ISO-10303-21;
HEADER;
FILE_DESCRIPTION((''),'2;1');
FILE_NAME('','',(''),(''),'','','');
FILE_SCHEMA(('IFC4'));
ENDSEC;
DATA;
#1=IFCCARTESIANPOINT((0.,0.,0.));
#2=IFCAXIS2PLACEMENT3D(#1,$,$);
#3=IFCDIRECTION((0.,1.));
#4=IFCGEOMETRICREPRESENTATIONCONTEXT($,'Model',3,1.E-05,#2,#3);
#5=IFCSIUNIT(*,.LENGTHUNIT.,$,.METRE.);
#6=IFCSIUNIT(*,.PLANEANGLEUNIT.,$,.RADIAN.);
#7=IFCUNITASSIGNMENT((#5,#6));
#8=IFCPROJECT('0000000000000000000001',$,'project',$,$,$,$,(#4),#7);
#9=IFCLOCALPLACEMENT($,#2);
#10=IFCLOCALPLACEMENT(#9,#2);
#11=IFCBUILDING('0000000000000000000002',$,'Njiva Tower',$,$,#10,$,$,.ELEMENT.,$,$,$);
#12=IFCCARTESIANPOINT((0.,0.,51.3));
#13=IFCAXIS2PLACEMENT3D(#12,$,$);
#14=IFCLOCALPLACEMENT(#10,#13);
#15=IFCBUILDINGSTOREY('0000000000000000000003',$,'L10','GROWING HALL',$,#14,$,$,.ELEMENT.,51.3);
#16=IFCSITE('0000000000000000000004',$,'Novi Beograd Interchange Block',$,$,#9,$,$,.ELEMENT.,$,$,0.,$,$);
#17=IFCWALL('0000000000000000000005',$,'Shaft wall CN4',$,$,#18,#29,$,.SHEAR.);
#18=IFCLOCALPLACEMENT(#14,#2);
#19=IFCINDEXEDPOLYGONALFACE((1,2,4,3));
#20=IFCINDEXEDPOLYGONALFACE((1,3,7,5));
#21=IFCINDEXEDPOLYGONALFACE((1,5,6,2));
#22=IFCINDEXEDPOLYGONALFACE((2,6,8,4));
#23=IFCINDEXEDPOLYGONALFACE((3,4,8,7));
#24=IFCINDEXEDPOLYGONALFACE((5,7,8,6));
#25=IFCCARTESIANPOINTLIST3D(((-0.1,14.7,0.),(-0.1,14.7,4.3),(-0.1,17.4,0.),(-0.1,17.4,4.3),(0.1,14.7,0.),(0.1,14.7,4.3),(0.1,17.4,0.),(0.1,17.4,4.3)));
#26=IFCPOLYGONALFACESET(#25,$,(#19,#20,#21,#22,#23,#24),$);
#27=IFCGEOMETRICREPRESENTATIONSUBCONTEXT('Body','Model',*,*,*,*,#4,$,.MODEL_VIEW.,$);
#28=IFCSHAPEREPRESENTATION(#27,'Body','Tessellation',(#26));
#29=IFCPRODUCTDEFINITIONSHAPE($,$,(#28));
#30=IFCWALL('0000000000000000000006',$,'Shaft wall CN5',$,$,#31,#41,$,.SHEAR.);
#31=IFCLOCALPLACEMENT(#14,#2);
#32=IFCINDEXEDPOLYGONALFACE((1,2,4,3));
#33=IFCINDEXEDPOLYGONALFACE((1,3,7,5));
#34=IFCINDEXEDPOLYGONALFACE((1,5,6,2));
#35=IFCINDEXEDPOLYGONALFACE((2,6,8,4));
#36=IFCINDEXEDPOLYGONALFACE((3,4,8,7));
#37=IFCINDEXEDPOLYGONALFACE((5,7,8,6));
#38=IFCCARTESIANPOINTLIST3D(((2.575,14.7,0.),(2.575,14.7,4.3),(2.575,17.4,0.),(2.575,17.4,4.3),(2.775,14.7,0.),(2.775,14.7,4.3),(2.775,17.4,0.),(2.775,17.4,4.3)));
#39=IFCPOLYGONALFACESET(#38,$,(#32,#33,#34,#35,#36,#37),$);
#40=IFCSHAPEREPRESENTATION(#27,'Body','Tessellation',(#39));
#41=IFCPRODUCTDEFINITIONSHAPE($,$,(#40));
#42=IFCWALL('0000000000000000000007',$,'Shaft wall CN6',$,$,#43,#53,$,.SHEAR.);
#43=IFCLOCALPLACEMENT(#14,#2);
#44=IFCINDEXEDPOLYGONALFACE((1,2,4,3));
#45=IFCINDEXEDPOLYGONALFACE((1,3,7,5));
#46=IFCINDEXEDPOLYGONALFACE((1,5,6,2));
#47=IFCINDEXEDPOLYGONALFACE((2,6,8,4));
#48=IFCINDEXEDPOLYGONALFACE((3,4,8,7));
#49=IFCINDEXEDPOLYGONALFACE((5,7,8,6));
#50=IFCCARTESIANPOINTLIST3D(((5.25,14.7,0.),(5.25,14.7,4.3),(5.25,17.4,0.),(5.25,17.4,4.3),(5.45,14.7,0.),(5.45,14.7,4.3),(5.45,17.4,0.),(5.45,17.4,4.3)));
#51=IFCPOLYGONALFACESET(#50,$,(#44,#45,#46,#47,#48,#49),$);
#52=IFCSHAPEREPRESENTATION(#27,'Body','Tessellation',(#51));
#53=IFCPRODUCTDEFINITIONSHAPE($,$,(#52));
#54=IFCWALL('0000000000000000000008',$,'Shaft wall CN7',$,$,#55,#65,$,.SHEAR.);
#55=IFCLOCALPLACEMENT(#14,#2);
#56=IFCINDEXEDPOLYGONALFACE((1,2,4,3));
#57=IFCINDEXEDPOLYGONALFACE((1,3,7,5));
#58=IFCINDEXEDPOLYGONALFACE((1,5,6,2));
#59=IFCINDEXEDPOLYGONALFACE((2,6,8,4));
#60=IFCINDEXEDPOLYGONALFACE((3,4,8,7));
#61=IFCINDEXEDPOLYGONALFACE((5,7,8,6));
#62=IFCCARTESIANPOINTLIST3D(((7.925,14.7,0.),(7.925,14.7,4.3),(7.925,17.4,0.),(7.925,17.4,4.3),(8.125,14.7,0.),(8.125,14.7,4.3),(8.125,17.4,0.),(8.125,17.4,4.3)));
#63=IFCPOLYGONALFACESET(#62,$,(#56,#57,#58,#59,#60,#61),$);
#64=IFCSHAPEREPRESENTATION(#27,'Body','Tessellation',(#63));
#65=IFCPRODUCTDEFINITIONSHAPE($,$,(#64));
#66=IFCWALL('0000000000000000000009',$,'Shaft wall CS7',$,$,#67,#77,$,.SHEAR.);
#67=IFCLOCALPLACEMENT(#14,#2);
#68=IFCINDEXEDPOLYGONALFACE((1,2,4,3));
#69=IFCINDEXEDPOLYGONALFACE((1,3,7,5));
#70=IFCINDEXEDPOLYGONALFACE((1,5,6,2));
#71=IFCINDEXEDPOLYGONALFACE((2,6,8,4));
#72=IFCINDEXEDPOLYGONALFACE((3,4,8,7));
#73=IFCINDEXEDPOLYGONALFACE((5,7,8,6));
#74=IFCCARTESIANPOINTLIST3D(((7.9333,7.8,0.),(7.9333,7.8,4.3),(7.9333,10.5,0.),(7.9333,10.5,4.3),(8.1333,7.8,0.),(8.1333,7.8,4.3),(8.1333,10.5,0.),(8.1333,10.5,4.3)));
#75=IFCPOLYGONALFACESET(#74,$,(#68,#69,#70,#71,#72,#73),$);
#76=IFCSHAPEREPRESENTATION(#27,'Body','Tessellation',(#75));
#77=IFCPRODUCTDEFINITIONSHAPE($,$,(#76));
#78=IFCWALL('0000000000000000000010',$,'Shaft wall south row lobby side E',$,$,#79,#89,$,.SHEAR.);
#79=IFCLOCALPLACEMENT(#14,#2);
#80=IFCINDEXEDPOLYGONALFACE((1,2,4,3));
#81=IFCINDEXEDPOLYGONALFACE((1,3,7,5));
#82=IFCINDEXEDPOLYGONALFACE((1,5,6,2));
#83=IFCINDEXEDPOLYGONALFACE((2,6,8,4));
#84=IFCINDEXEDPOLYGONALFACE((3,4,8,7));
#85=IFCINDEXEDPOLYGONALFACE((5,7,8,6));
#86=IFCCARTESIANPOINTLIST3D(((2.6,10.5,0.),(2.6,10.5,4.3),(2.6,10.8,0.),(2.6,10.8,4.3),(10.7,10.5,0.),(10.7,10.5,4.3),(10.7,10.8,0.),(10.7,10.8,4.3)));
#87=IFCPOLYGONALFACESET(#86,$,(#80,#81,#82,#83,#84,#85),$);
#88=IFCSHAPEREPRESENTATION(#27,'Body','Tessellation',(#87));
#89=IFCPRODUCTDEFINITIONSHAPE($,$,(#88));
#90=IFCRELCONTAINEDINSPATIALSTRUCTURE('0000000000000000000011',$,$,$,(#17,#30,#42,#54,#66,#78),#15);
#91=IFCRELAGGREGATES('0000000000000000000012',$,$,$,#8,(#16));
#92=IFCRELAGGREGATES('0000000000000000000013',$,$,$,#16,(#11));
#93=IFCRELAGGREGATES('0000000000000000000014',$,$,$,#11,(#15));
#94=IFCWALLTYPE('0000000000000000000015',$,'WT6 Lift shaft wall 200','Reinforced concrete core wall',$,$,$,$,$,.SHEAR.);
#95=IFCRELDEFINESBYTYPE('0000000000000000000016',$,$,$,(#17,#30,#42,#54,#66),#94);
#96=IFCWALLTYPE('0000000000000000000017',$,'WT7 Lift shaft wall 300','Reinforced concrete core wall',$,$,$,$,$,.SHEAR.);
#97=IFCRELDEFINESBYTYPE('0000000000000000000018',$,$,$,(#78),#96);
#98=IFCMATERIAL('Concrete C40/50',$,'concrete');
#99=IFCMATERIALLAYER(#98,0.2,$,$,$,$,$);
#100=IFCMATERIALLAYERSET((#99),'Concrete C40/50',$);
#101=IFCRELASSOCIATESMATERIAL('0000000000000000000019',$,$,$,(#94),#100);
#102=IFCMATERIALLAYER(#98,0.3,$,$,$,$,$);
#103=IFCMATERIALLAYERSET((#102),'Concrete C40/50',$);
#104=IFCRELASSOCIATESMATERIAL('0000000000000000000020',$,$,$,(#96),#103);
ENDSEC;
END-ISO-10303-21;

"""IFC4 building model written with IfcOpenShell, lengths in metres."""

from ifc_helpers import new_model, si_unit, direction, frame, frame_2d, origin, place, context, subcontext, project, spatial, rectangle, extrude, material, layer, layer_set, type_object, element, save


model = new_model("IFC4")

# Units and contexts
model_context = context("Model", 3, precision=1e-05, world=origin(), true_north=direction((0.0, 1.0)))
body_context = subcontext(model_context, "Body", "Model", "MODEL_VIEW")
ifc_project = project(units=[si_unit("LENGTHUNIT", "METRE"), si_unit("PLANEANGLEUNIT", "RADIAN")], contexts=[model_context])

# Site, building, storey
site_placement = place(None, origin())
site = spatial("IfcSite", under=ifc_project, at=site_placement, Name="Novi Beograd Interchange Block", CompositionType="ELEMENT", RefElevation=0.0)
building_placement = place(site_placement, origin())
building = spatial("IfcBuilding", under=site, at=building_placement, Name="Njiva Tower", CompositionType="ELEMENT")
storey_placement = place(building_placement, frame((0.0, 0.0, 51.3)))
storey = spatial("IfcBuildingStorey", under=building, at=storey_placement, Name="L10", Description="GROWING HALL", CompositionType="ELEMENT", Elevation=51.3)

# Shared definitions
ifc_material_1 = material(Name="Concrete C40/50", Category="concrete")

# Walls
ifc_layer_1 = layer(ifc_material_1, 0.2)
ifc_layer_set_1 = layer_set([ifc_layer_1], Name="Concrete C40/50")
wall_type_1 = type_object("IfcWallType", Name="WT6 Lift shaft wall 200", Description="Reinforced concrete core wall", PredefinedType="SHEAR", material=ifc_layer_set_1)
for number, where, z_axis, x_axis, name in (
    (1, (0.0, 14.7, 0.0), (0.0, 0.0, 1.0), (0.0, 1.0, 0.0), "Shaft wall CN4"),
    (2, (2.675, 14.7, 0.0), (0.0, 0.0, 1.0), (0.0, 1.0, 0.0), "Shaft wall CN5"),
    (3, (5.35, 14.7, 0.0), (0.0, 0.0, 1.0), (0.0, 1.0, 0.0), "Shaft wall CN6"),
    (4, (8.025, 14.7, 0.0), (0.0, 0.0, 1.0), (0.0, 1.0, 0.0), "Shaft wall CN7"),
    (5, (8.0333, 7.8, 0.0), (0.0, 0.0, 1.0), (0.0, 1.0, 0.0), "Shaft wall CS7"),
):
    element("IfcWall", number, at=place(storey_placement, frame(where, z_axis=z_axis, x_axis=x_axis)), inside=storey, type_object=wall_type_1, Name=name, PredefinedType="SHEAR", context=body_context, shape_type="SweptSolid", body=[
        extrude(rectangle(XDim=2.7, YDim=0.2, at=frame_2d((1.35, 0.0))), origin(), (0.0, 0.0, 1.0), 4.3),
    ])
ifc_layer_2 = layer(ifc_material_1, 0.3)
ifc_layer_set_2 = layer_set([ifc_layer_2], Name="Concrete C40/50")
wall_type_2 = type_object("IfcWallType", Name="WT7 Lift shaft wall 300", Description="Reinforced concrete core wall", PredefinedType="SHEAR", material=ifc_layer_set_2)
wall_1_placement = place(storey_placement, frame((2.6, 10.65, 0.0), z_axis=(0.0, 0.0, 1.0), x_axis=(1.0, 0.0, 0.0)))
element("IfcWall", 6, at=wall_1_placement, inside=storey, type_object=wall_type_2, Name="Shaft wall south row lobby side E", PredefinedType="SHEAR", context=body_context, shape_type="SweptSolid", body=[
    extrude(rectangle(XDim=8.1, YDim=0.3, at=frame_2d((4.05, 0.0))), origin(), (0.0, 0.0, 1.0), 4.3),
])

save(model, "model.ifc")
